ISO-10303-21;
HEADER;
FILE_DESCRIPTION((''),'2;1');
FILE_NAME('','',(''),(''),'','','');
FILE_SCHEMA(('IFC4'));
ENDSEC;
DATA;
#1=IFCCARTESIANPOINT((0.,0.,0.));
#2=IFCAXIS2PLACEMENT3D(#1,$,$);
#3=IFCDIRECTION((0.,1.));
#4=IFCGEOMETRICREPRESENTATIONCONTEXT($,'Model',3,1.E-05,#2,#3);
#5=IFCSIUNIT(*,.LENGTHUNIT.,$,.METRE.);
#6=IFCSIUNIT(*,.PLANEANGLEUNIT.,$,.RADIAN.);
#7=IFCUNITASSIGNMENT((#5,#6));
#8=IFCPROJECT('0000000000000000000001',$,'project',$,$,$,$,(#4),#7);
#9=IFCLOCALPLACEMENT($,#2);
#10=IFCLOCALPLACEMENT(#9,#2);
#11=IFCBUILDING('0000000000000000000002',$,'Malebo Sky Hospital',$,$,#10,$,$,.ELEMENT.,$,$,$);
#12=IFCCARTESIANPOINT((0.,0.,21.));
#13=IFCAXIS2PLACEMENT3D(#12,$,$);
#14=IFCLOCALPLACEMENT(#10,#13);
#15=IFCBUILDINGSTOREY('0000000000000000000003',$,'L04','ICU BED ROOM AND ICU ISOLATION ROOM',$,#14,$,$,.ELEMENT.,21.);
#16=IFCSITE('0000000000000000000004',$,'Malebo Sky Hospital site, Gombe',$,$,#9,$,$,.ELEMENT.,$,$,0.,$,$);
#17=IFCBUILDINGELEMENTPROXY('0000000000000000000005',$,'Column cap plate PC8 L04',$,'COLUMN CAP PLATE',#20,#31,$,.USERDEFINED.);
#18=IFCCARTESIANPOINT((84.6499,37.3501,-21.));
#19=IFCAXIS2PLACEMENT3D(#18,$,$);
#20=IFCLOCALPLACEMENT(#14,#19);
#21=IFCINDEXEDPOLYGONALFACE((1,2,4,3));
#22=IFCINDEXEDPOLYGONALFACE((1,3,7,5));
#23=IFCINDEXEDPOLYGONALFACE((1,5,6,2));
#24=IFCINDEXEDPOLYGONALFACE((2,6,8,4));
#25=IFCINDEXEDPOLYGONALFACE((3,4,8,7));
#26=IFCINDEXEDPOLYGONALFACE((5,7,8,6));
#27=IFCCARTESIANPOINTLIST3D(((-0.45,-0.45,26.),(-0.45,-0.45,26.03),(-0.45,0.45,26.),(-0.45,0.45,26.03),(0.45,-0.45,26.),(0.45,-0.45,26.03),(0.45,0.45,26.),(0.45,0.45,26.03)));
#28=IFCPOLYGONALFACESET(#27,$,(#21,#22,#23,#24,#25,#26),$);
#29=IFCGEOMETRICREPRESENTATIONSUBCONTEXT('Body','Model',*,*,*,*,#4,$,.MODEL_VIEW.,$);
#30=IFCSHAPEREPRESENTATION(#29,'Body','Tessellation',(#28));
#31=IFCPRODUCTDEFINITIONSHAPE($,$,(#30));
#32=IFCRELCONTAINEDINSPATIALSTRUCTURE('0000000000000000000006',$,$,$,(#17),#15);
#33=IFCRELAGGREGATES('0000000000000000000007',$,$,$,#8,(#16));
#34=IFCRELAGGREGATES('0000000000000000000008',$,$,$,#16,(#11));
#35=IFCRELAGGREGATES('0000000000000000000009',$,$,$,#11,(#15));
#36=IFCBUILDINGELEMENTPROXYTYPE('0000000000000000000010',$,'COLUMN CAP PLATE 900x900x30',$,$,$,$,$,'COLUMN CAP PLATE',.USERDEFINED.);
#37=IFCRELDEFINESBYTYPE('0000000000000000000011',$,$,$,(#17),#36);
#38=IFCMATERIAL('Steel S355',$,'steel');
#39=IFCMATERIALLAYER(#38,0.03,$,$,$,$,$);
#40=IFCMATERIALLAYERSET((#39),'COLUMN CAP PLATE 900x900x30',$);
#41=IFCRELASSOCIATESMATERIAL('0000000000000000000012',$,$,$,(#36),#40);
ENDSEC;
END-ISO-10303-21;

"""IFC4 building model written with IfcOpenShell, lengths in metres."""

from ifc_helpers import new_model, si_unit, direction, frame, origin, origin_2d, place, context, subcontext, project, spatial, rectangle, extrude, material, layer, layer_set, type_object, element, save


model = new_model("IFC4")

# Units and contexts
model_context = context("Model", 3, precision=1e-05, world=origin(), true_north=direction((0.0, 1.0)))
body_context = subcontext(model_context, "Body", "Model", "MODEL_VIEW")
ifc_project = project(units=[si_unit("LENGTHUNIT", "METRE"), si_unit("PLANEANGLEUNIT", "RADIAN")], contexts=[model_context])

# Site, building, storey
site_placement = place(None, origin())
site = spatial("IfcSite", under=ifc_project, at=site_placement, Name="Malebo Sky Hospital site, Gombe", CompositionType="ELEMENT", RefElevation=0.0)
building_placement = place(site_placement, origin())
building = spatial("IfcBuilding", under=site, at=building_placement, Name="Malebo Sky Hospital", CompositionType="ELEMENT")
storey_placement = place(building_placement, frame((0.0, 0.0, 21.0)))
storey = spatial("IfcBuildingStorey", under=building, at=storey_placement, Name="L04", Description="ICU BED ROOM AND ICU ISOLATION ROOM", CompositionType="ELEMENT", Elevation=21.0)

# Shared definitions
ifc_material_1 = material(Name="Steel S355", Category="steel")

# Building element proxy
ifc_layer_1 = layer(ifc_material_1, 0.03)
ifc_layer_set_1 = layer_set([ifc_layer_1], Name="COLUMN CAP PLATE 900x900x30")
building_element_proxy_type = type_object("IfcBuildingElementProxyType", Name="COLUMN CAP PLATE 900x900x30", ElementType="COLUMN CAP PLATE", PredefinedType="USERDEFINED", material=ifc_layer_set_1)
proxy_placement = place(storey_placement, frame((84.6499, 37.3501, -21.0)))
element("IfcBuildingElementProxy", 1, at=proxy_placement, inside=storey, type_object=building_element_proxy_type, Name="Column cap plate PC8 L04", ObjectType="COLUMN CAP PLATE", PredefinedType="USERDEFINED", context=body_context, shape_type="SweptSolid", body=[
    extrude(rectangle(XDim=0.8999, YDim=0.8999, at=origin_2d()), frame((0.0, 0.0, 26.0)), (0.0, 0.0, 1.0), 0.03),
])

save(model, "model.ifc")
